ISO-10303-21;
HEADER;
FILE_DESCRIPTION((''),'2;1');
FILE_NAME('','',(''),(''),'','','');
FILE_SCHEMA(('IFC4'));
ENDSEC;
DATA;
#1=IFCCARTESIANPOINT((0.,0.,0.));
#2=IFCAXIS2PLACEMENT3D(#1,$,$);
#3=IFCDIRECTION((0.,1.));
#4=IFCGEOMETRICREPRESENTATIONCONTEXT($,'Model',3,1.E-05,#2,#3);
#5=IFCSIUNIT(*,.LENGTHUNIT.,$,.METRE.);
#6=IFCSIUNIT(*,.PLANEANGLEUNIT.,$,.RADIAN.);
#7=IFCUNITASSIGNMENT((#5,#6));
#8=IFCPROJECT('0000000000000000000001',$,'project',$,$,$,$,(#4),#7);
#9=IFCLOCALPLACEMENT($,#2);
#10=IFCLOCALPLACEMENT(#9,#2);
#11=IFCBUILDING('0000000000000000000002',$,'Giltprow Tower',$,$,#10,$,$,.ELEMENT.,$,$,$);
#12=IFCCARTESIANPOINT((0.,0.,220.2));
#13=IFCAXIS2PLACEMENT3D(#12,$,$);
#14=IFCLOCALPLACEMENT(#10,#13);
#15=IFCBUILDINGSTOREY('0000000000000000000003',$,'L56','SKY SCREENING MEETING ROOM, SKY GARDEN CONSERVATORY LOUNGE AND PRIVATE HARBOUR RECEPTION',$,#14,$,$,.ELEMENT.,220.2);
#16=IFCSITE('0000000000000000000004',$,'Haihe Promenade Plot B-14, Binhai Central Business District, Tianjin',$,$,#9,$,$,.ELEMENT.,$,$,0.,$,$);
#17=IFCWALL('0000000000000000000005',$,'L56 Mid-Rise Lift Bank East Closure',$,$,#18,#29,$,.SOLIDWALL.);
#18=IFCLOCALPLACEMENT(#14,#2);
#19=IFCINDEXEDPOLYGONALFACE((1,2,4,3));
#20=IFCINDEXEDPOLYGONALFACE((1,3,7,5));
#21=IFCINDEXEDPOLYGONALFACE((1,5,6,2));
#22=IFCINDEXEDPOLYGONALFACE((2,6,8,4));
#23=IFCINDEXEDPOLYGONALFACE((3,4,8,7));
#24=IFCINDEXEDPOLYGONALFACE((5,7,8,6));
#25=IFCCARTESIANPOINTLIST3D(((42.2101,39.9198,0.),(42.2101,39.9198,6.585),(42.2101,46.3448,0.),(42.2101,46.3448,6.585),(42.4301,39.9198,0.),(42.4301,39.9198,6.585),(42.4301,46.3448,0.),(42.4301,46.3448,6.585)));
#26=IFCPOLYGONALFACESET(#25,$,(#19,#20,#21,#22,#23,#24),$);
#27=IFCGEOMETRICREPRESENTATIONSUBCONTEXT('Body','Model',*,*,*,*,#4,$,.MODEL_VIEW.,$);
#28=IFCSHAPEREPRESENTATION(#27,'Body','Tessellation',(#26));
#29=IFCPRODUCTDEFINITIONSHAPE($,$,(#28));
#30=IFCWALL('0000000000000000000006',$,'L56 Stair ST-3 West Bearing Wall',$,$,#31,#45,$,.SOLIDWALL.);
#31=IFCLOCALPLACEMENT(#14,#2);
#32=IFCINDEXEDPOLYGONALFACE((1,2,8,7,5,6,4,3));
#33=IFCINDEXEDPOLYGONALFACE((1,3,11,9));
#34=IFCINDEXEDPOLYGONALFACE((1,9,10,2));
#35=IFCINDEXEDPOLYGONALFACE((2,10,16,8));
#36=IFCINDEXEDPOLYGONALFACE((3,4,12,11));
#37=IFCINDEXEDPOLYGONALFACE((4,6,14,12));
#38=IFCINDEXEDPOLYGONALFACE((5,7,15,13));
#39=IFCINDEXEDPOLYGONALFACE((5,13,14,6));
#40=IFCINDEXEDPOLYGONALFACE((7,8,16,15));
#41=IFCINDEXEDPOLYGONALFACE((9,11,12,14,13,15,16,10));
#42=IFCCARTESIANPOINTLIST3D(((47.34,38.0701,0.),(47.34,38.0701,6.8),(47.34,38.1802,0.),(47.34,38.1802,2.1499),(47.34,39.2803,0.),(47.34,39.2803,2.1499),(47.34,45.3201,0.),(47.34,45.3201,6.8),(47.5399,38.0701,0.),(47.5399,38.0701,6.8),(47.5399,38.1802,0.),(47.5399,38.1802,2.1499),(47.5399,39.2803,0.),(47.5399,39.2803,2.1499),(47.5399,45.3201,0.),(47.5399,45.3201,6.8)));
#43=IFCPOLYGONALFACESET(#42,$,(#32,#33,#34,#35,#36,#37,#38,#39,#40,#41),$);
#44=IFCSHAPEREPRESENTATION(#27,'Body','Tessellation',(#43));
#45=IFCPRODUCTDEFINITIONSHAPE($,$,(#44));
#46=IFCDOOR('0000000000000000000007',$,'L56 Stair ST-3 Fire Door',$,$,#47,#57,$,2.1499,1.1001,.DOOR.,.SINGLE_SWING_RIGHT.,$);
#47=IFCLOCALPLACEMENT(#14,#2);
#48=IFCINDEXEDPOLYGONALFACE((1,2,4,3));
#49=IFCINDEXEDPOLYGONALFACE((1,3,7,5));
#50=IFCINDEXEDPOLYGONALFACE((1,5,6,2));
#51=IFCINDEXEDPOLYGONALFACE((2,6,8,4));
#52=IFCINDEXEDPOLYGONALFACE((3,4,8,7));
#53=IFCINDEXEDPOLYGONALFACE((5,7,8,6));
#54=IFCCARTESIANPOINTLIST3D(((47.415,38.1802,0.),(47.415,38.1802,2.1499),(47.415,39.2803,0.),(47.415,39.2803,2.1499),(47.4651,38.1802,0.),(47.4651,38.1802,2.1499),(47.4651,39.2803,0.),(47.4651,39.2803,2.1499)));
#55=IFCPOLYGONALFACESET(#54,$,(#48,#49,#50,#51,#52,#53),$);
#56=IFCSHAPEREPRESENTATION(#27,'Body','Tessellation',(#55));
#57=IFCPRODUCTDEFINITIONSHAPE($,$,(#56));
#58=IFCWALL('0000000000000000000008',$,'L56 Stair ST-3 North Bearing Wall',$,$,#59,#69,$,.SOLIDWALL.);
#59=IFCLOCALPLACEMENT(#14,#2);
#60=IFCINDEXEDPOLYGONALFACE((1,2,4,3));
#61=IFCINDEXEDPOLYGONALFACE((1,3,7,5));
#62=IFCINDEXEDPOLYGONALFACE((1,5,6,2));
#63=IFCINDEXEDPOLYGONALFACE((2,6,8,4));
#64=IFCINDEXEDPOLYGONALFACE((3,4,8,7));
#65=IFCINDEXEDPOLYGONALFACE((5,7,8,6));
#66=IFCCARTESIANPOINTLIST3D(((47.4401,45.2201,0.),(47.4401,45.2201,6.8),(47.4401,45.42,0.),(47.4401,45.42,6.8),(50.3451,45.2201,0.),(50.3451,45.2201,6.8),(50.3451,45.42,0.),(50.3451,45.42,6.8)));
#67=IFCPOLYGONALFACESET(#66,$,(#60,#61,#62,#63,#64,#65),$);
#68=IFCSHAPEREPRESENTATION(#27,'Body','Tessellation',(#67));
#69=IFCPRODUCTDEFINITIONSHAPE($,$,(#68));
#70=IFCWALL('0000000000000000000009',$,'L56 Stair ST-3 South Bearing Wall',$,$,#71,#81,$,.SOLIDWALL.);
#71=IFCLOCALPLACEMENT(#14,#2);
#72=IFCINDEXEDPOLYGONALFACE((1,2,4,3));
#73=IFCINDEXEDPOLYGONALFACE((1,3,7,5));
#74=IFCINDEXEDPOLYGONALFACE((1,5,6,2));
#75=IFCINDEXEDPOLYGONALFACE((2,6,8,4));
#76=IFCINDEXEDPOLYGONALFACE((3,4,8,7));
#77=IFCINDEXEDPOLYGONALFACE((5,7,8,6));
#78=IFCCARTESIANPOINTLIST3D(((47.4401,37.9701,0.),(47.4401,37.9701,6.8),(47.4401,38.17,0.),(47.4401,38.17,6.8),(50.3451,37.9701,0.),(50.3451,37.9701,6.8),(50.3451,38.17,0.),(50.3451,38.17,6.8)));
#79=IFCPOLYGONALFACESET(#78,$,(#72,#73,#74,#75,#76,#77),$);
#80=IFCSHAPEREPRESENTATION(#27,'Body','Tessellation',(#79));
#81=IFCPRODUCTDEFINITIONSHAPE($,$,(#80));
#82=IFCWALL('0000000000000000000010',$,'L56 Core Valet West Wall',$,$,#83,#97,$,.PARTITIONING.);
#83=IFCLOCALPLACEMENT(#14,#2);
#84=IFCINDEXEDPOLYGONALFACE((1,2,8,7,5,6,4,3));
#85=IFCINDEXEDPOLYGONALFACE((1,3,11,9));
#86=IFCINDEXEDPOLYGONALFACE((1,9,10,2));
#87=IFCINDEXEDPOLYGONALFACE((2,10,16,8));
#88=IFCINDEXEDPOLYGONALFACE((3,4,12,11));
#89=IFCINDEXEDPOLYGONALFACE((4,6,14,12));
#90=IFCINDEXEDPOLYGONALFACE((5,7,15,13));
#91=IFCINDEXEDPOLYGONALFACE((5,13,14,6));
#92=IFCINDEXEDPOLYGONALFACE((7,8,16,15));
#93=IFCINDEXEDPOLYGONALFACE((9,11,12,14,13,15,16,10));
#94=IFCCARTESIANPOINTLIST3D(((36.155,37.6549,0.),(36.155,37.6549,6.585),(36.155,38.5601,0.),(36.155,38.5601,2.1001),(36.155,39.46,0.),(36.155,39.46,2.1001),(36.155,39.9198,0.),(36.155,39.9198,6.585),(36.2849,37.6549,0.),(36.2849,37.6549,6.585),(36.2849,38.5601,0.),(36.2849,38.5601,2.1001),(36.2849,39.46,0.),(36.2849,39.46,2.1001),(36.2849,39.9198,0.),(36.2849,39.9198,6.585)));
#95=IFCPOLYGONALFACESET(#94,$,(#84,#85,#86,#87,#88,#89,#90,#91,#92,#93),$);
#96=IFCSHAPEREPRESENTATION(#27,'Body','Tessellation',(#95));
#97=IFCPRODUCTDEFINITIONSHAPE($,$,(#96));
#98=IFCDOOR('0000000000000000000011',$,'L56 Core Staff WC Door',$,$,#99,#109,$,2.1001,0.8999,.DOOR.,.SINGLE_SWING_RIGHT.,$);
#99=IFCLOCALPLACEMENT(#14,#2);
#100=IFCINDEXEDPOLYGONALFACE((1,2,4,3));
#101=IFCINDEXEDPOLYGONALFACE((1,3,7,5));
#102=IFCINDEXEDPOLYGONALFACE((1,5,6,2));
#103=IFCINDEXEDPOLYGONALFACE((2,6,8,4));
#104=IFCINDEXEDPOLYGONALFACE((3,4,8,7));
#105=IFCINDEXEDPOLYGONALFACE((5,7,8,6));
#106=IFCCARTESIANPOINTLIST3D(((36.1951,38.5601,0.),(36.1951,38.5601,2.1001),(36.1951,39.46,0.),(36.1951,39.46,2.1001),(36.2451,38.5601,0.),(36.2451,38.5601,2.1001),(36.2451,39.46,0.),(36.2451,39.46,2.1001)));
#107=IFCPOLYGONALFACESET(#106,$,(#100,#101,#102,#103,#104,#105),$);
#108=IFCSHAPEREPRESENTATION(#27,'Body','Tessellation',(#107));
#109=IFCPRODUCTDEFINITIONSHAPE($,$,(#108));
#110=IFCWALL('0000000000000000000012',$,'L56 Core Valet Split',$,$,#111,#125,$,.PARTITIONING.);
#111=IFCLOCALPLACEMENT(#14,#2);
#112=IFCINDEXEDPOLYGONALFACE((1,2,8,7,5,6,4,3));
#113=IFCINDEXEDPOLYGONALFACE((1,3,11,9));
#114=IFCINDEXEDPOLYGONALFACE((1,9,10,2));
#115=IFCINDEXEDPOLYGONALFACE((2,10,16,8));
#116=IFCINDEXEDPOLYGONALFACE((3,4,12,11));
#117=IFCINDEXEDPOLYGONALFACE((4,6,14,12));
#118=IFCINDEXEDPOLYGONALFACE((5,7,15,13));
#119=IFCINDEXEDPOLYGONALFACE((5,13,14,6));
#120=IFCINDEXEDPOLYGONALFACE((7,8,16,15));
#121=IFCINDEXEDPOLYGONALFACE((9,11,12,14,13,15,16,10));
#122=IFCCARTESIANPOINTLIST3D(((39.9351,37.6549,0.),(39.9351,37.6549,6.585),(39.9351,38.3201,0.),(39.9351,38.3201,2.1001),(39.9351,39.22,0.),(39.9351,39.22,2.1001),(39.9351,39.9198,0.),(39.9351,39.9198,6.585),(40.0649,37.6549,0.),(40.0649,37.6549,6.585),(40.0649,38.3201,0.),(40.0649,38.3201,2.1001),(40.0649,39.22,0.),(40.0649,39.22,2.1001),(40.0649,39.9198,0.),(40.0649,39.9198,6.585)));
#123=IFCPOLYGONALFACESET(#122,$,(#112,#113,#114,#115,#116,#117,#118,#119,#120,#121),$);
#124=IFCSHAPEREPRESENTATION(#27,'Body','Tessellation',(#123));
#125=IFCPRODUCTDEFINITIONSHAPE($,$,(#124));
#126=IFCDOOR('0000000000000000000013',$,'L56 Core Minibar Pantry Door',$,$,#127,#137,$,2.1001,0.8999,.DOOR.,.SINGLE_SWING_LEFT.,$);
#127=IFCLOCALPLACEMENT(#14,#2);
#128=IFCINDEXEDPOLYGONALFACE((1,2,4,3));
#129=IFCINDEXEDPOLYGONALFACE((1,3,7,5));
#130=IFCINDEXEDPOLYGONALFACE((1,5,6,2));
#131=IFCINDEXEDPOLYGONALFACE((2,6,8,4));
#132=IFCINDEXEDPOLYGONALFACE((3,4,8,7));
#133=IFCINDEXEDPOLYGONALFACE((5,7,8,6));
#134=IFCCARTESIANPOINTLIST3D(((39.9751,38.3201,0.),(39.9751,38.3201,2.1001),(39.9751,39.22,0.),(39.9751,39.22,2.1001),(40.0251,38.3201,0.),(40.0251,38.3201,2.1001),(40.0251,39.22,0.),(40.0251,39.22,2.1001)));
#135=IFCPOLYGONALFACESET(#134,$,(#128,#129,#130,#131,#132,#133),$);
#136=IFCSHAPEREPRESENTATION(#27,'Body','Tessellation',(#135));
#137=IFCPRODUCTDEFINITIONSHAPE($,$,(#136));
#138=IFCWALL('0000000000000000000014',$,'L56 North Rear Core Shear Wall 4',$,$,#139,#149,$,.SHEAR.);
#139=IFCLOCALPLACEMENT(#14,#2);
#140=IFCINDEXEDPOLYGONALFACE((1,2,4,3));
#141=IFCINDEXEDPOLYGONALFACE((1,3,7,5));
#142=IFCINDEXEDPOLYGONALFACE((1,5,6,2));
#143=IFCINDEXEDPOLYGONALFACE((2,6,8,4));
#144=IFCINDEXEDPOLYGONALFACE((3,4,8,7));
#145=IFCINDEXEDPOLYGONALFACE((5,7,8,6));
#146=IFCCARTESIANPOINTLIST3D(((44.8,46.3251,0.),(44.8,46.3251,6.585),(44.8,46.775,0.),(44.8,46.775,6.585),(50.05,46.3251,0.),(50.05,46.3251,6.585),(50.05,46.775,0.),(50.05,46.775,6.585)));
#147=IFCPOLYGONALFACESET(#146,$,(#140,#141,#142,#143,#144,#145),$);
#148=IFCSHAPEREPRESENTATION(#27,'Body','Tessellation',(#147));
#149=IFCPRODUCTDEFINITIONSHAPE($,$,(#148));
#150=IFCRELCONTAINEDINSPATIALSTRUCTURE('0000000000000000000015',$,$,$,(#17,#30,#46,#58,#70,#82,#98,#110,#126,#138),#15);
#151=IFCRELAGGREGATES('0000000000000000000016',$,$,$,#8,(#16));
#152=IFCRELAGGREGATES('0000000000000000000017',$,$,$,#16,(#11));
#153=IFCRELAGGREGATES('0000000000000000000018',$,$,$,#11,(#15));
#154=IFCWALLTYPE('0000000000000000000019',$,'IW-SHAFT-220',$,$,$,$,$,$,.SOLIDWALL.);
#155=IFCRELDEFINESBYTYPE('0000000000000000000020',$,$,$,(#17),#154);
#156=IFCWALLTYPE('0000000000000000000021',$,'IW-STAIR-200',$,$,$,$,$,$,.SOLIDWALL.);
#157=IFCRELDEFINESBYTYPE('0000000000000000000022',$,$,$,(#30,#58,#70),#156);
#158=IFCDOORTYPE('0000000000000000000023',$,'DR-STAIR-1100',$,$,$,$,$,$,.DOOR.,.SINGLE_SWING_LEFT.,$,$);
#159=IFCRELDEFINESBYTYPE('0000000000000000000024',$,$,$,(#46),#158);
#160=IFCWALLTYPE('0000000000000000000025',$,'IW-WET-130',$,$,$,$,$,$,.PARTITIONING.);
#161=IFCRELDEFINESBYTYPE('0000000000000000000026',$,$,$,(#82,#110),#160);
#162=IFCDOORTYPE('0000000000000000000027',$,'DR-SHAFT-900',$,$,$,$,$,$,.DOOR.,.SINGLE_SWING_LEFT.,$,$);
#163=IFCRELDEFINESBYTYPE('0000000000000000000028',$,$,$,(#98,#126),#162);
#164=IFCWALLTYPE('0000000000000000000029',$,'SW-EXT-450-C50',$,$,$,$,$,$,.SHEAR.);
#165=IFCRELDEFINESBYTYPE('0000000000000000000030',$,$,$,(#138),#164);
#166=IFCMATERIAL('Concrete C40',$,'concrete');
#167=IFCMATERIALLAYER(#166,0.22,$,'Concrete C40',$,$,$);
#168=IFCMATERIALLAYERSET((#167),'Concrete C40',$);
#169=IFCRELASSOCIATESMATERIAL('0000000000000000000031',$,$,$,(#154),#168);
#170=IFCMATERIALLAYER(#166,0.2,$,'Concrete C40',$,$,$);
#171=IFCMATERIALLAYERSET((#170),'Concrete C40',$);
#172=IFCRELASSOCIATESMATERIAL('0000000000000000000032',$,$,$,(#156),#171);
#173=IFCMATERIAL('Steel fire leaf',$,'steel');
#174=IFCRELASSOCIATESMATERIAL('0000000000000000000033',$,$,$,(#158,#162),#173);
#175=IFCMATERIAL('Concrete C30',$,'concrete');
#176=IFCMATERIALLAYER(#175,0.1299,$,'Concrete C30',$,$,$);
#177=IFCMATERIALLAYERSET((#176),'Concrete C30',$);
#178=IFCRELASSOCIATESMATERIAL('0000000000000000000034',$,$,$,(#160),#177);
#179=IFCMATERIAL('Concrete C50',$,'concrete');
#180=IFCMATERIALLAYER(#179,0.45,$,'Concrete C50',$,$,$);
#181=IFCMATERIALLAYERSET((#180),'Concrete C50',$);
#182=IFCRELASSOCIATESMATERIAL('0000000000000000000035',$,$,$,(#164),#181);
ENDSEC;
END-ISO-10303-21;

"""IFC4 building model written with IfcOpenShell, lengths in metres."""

from ifc_helpers import new_model, si_unit, direction, frame, frame_2d, origin, place, context, subcontext, project, spatial, rectangle, extrude, source, transform, mapped, material, layer, layer_set, type_object, element, fill, save


model = new_model("IFC4")

# Units and contexts
model_context = context("Model", 3, precision=1e-05, world=origin(), true_north=direction((0.0, 1.0)))
body_context = subcontext(model_context, "Body", "Model", "MODEL_VIEW")
ifc_project = project(units=[si_unit("LENGTHUNIT", "METRE"), si_unit("PLANEANGLEUNIT", "RADIAN")], contexts=[model_context])

# Site, building, storey
site_placement = place(None, origin())
site = spatial("IfcSite", under=ifc_project, at=site_placement, Name="Haihe Promenade Plot B-14, Binhai Central Business District, Tianjin", CompositionType="ELEMENT", RefElevation=0.0)
building_placement = place(site_placement, origin())
building = spatial("IfcBuilding", under=site, at=building_placement, Name="Giltprow Tower", CompositionType="ELEMENT")
storey_placement = place(building_placement, frame((0.0, 0.0, 220.2)))
storey = spatial("IfcBuildingStorey", under=building, at=storey_placement, Name="L56", Description="SKY SCREENING MEETING ROOM, SKY GARDEN CONSERVATORY LOUNGE AND PRIVATE HARBOUR RECEPTION", CompositionType="ELEMENT", Elevation=220.2)

# Shared definitions
ifc_material_1 = material(Name="Concrete C50", Category="concrete")

# Shared definitions
ifc_material_2 = material(Name="Concrete C40", Category="concrete")
ifc_layer_1 = layer(ifc_material_2, 0.22, Name="Concrete C40")
ifc_layer_set_1 = layer_set([ifc_layer_1], Name="Concrete C40")
wall_type_1 = type_object("IfcWallType", Name="IW-SHAFT-220", PredefinedType="SOLIDWALL", material=ifc_layer_set_1)

# Wall
wall_1_placement = place(storey_placement, frame((42.3201, 39.9199, 0.0), z_axis=(0.0, 0.0, 1.0), x_axis=(0.0, 1.0, 0.0)))
element("IfcWall", 1, at=wall_1_placement, inside=storey, type_object=wall_type_1, Name="L56 Mid-Rise Lift Bank East Closure", PredefinedType="SOLIDWALL", context=body_context, shape_type="SweptSolid", body=[
    extrude(rectangle(XDim=6.425, YDim=0.22, at=frame_2d((3.2124, 0.0))), origin(), (0.0, 0.0, 1.0), 6.585),
])

# Wall, opening, door
ifc_layer_2 = layer(ifc_material_2, 0.2, Name="Concrete C40")
ifc_layer_set_2 = layer_set([ifc_layer_2], Name="Concrete C40")
wall_type_2 = type_object("IfcWallType", Name="IW-STAIR-200", PredefinedType="SOLIDWALL", material=ifc_layer_set_2)
wall_2_placement = place(storey_placement, frame((47.4399, 38.0701, 0.0), z_axis=(0.0, 0.0, 1.0), x_axis=(0.0, 1.0, 0.0)))
wall_2 = element("IfcWall", 2, at=wall_2_placement, inside=storey, type_object=wall_type_2, Name="L56 Stair ST-3 West Bearing Wall", PredefinedType="SOLIDWALL", context=body_context, shape_type="SweptSolid", body=[
    extrude(rectangle(XDim=7.25, YDim=0.2, at=frame_2d((3.625, 0.0))), origin(), (0.0, 0.0, 1.0), 6.8),
])
opening_1_placement = place(wall_2_placement, frame((0.1101, 0.0, 0.0)))
opening_1 = element("IfcOpeningElement", 3, at=opening_1_placement, cuts=wall_2, PredefinedType="OPENING", context=body_context, shape_type="SweptSolid", body=[
    extrude(rectangle(XDim=1.1001, YDim=2.1499, at=frame_2d((0.55, 1.075))), frame((0.0, 0.1099, 0.0), z_axis=(0.0, -1.0, 0.0), x_axis=(1.0, 0.0, 0.0)), (0.0, 0.0, 1.0), 0.22),
])
ifc_material_3 = material(Name="Steel fire leaf", Category="steel")
door_type_1 = type_object("IfcDoorType", Name="DR-STAIR-1100", OperationType="SINGLE_SWING_LEFT", PredefinedType="DOOR", material=ifc_material_3)
shared_shape_1 = source(origin(), body_context, "Body", "SweptSolid", [
    extrude(rectangle(XDim=1.1001, YDim=2.1499, at=frame_2d((0.55, 1.075))), frame((0.0, 0.0249, 0.0), z_axis=(0.0, -1.0, 0.0), x_axis=(1.0, 0.0, 0.0)), (0.0, 0.0, 1.0), 0.05),
])
door_1_placement = place(opening_1_placement, origin())
door_1 = element("IfcDoor", 4, at=door_1_placement, inside=storey, type_object=door_type_1, Name="L56 Stair ST-3 Fire Door", OperationType="SINGLE_SWING_RIGHT", OverallHeight=2.1499, OverallWidth=1.1001, PredefinedType="DOOR", context=body_context, shape_type="MappedRepresentation", body=[
    mapped(shared_shape_1, transform((0.0, 0.0, 0.0), x_axis=(1.0, 0.0, 0.0), y_axis=(0.0, 1.0, 0.0), z_axis=(0.0, 0.0, 1.0), scale=1.0)),
])
fill(opening_1, door_1)

# Walls
for number, where, z_axis, x_axis, name in (
    (5, (47.4399, 45.3201, 0.0), (0.0, 0.0, 1.0), (1.0, 0.0, 0.0), "L56 Stair ST-3 North Bearing Wall"),
    (6, (47.4399, 38.0701, 0.0), (0.0, 0.0, 1.0), (1.0, 0.0, 0.0), "L56 Stair ST-3 South Bearing Wall"),
):
    element("IfcWall", number, at=place(storey_placement, frame(where, z_axis=z_axis, x_axis=x_axis)), inside=storey, type_object=wall_type_2, Name=name, PredefinedType="SOLIDWALL", context=body_context, shape_type="SweptSolid", body=[
        extrude(rectangle(XDim=2.905, YDim=0.2, at=frame_2d((1.4526, 0.0))), origin(), (0.0, 0.0, 1.0), 6.8),
    ])

# Walls, openings, doors
ifc_material_4 = material(Name="Concrete C30", Category="concrete")
ifc_layer_3 = layer(ifc_material_4, 0.1299, Name="Concrete C30")
ifc_layer_set_3 = layer_set([ifc_layer_3], Name="Concrete C30")
wall_type_3 = type_object("IfcWallType", Name="IW-WET-130", PredefinedType="PARTITIONING", material=ifc_layer_set_3)
wall_3_placement = place(storey_placement, frame((36.22, 37.655, 0.0), z_axis=(0.0, 0.0, 1.0), x_axis=(0.0, 1.0, 0.0)))
wall_3 = element("IfcWall", 7, at=wall_3_placement, inside=storey, type_object=wall_type_3, Name="L56 Core Valet West Wall", PredefinedType="PARTITIONING", context=body_context, shape_type="SweptSolid", body=[
    extrude(rectangle(XDim=2.2649, YDim=0.1299, at=frame_2d((1.1323, 0.0))), origin(), (0.0, 0.0, 1.0), 6.585),
])
opening_2_placement = place(wall_3_placement, frame((0.905, 0.0, 0.0)))
opening_2 = element("IfcOpeningElement", 8, at=opening_2_placement, cuts=wall_3, PredefinedType="OPENING", context=body_context, shape_type="SweptSolid", body=[
    extrude(rectangle(XDim=0.8999, YDim=2.1001, at=frame_2d((0.45, 1.05))), frame((0.0, 0.075, 0.0), z_axis=(0.0, -1.0, 0.0), x_axis=(1.0, 0.0, 0.0)), (0.0, 0.0, 1.0), 0.1499),
])
door_type_2 = type_object("IfcDoorType", Name="DR-SHAFT-900", OperationType="SINGLE_SWING_LEFT", PredefinedType="DOOR", material=ifc_material_3)
shared_shape_2 = source(origin(), body_context, "Body", "SweptSolid", [
    extrude(rectangle(XDim=0.8999, YDim=2.1001, at=frame_2d((0.45, 1.05))), frame((0.0, 0.0249, 0.0), z_axis=(0.0, -1.0, 0.0), x_axis=(1.0, 0.0, 0.0)), (0.0, 0.0, 1.0), 0.05),
])
door_2_placement = place(opening_2_placement, origin())
door_2 = element("IfcDoor", 9, at=door_2_placement, inside=storey, type_object=door_type_2, Name="L56 Core Staff WC Door", OperationType="SINGLE_SWING_RIGHT", OverallHeight=2.1001, OverallWidth=0.8999, PredefinedType="DOOR", context=body_context, shape_type="MappedRepresentation", body=[
    mapped(shared_shape_2, transform((0.0, 0.0, 0.0), x_axis=(1.0, 0.0, 0.0), y_axis=(0.0, 1.0, 0.0), z_axis=(0.0, 0.0, 1.0), scale=1.0)),
])
fill(opening_2, door_2)
wall_4_placement = place(storey_placement, frame((40.0, 37.655, 0.0), z_axis=(0.0, 0.0, 1.0), x_axis=(0.0, 1.0, 0.0)))
wall_4 = element("IfcWall", 10, at=wall_4_placement, inside=storey, type_object=wall_type_3, Name="L56 Core Valet Split", PredefinedType="PARTITIONING", context=body_context, shape_type="SweptSolid", body=[
    extrude(rectangle(XDim=2.2649, YDim=0.1299, at=frame_2d((1.1323, 0.0))), origin(), (0.0, 0.0, 1.0), 6.585),
])
opening_3_placement = place(wall_4_placement, frame((0.665, 0.0, 0.0)))
opening_3 = element("IfcOpeningElement", 11, at=opening_3_placement, cuts=wall_4, PredefinedType="OPENING", context=body_context, shape_type="SweptSolid", body=[
    extrude(rectangle(XDim=0.8999, YDim=2.1001, at=frame_2d((0.45, 1.05))), frame((0.0, 0.075, 0.0), z_axis=(0.0, -1.0, 0.0), x_axis=(1.0, 0.0, 0.0)), (0.0, 0.0, 1.0), 0.1499),
])
door_3_placement = place(opening_3_placement, origin())
door_3 = element("IfcDoor", 12, at=door_3_placement, inside=storey, type_object=door_type_2, Name="L56 Core Minibar Pantry Door", OperationType="SINGLE_SWING_LEFT", OverallHeight=2.1001, OverallWidth=0.8999, PredefinedType="DOOR", context=body_context, shape_type="MappedRepresentation", body=[
    mapped(shared_shape_2, transform((0.0, 0.0, 0.0), x_axis=(1.0, 0.0, 0.0), y_axis=(0.0, 1.0, 0.0), z_axis=(0.0, 0.0, 1.0), scale=1.0)),
])
fill(opening_3, door_3)

# Wall
ifc_layer_4 = layer(ifc_material_1, 0.45, Name="Concrete C50")
ifc_layer_set_4 = layer_set([ifc_layer_4], Name="Concrete C50")
wall_type_4 = type_object("IfcWallType", Name="SW-EXT-450-C50", PredefinedType="SHEAR", material=ifc_layer_set_4)
wall_5_placement = place(storey_placement, frame((44.8, 46.55, 0.0), z_axis=(0.0, 0.0, 1.0), x_axis=(1.0, 0.0, 0.0)))
element("IfcWall", 13, at=wall_5_placement, inside=storey, type_object=wall_type_4, Name="L56 North Rear Core Shear Wall 4", PredefinedType="SHEAR", context=body_context, shape_type="SweptSolid", body=[
    extrude(rectangle(XDim=5.25, YDim=0.45, at=frame_2d((2.625, 0.0))), origin(), (0.0, 0.0, 1.0), 6.585),
])

save(model, "model.ifc")
